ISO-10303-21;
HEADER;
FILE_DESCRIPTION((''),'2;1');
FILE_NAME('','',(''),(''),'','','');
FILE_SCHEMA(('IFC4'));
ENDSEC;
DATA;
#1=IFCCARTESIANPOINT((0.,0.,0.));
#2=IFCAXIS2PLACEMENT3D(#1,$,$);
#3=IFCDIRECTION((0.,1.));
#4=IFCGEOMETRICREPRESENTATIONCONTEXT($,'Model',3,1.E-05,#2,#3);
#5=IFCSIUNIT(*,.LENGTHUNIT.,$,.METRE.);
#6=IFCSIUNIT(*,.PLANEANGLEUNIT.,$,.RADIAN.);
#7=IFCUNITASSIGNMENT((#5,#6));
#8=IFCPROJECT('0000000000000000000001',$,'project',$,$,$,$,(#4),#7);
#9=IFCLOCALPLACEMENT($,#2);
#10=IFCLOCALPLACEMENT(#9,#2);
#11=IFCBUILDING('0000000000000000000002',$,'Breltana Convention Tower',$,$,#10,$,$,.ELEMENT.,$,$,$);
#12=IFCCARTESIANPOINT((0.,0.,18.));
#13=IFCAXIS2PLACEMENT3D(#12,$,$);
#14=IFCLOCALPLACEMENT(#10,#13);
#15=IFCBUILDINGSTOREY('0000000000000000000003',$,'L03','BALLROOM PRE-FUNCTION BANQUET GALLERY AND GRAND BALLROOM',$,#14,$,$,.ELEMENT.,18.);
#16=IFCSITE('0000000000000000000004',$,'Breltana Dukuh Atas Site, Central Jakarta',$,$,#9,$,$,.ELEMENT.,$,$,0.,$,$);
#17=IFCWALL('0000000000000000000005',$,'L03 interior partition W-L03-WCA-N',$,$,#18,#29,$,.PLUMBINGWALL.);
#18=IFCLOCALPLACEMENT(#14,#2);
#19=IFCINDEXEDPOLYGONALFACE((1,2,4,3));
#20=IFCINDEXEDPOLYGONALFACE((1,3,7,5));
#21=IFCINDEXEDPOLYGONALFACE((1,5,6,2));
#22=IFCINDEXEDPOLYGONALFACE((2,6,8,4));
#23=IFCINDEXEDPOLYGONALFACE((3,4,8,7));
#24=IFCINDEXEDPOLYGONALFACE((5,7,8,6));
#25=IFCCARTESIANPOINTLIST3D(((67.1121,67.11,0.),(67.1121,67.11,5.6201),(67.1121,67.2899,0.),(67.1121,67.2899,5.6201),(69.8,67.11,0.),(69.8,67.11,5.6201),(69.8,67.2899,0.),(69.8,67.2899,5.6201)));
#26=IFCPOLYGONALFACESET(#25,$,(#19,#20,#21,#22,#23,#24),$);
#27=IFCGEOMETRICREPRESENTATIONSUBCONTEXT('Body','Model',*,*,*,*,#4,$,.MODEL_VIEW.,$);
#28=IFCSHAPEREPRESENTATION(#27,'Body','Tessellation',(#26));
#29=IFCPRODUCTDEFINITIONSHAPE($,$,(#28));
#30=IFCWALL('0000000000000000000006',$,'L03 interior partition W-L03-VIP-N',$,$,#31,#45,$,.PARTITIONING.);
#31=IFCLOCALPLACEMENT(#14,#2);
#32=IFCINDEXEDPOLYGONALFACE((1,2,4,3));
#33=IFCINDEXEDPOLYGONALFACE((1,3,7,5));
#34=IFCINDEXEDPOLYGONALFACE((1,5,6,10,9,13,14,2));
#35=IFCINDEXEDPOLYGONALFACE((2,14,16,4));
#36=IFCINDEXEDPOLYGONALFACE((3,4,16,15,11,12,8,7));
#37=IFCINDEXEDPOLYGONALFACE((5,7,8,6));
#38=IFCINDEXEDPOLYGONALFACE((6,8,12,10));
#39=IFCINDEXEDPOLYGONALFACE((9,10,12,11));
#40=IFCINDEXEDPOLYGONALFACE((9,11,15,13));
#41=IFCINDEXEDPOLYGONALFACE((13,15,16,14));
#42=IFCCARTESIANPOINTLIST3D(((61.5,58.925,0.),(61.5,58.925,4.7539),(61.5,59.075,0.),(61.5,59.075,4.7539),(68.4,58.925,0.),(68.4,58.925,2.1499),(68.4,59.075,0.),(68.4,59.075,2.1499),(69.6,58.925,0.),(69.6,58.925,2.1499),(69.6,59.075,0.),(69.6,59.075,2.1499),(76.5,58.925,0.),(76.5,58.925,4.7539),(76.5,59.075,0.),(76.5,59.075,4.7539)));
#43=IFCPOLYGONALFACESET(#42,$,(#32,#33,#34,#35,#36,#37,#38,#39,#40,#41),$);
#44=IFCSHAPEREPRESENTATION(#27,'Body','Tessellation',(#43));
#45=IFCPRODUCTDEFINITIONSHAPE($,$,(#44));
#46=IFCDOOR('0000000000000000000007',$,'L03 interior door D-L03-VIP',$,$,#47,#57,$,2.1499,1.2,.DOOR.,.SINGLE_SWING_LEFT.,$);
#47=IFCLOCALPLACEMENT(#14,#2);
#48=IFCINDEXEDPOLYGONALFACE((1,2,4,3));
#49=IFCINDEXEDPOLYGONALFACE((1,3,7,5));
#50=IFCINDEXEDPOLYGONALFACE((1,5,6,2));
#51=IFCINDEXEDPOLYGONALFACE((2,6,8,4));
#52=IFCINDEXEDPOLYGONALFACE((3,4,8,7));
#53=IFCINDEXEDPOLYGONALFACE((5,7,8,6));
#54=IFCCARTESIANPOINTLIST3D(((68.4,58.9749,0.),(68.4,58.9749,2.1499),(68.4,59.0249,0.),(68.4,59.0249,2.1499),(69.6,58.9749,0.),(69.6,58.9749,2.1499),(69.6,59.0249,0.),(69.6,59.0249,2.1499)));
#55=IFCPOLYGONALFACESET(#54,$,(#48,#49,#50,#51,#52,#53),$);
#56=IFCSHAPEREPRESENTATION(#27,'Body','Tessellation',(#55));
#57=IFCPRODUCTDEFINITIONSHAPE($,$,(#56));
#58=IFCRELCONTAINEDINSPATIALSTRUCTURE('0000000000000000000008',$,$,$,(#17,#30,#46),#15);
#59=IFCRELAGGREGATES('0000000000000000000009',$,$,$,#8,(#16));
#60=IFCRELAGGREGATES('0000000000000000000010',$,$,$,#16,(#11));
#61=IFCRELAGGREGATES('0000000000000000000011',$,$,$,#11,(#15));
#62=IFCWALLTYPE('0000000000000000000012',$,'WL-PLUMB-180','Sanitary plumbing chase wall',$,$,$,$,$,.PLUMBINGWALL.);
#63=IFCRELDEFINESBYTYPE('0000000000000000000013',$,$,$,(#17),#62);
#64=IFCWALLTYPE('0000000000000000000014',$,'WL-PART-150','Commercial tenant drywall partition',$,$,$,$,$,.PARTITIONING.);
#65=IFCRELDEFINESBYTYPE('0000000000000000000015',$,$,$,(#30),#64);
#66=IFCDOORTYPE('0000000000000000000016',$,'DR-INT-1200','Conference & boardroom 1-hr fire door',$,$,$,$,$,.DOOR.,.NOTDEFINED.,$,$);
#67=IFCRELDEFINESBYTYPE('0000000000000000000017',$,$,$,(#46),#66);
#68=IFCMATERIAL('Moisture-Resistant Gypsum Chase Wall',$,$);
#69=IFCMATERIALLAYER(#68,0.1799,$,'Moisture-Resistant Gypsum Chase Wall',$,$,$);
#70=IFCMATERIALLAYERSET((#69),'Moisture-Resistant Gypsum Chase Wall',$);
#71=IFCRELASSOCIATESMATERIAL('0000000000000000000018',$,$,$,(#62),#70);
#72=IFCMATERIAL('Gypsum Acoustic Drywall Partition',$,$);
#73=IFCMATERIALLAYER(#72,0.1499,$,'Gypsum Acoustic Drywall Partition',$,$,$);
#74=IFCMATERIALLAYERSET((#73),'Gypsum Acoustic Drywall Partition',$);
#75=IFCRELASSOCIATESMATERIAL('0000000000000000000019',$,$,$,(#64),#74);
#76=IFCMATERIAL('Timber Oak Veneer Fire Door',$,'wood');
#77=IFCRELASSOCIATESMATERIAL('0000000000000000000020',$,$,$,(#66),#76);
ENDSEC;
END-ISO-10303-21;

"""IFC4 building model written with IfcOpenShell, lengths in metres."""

from ifc_helpers import new_model, si_unit, direction, frame, frame_2d, origin, place, context, subcontext, project, spatial, rectangle, extrude, source, transform, mapped, material, layer, layer_set, type_object, type_shapes, element, fill, save


model = new_model("IFC4")

# Units and contexts
model_context = context("Model", 3, precision=1e-05, world=origin(), true_north=direction((0.0, 1.0)))
body_context = subcontext(model_context, "Body", "Model", "MODEL_VIEW")
ifc_project = project(units=[si_unit("LENGTHUNIT", "METRE"), si_unit("PLANEANGLEUNIT", "RADIAN")], contexts=[model_context])

# Site, building, storey
site_placement = place(None, origin())
site = spatial("IfcSite", under=ifc_project, at=site_placement, Name="Breltana Dukuh Atas Site, Central Jakarta", CompositionType="ELEMENT", RefElevation=0.0)
building_placement = place(site_placement, origin())
building = spatial("IfcBuilding", under=site, at=building_placement, Name="Breltana Convention Tower", CompositionType="ELEMENT")
storey_placement = place(building_placement, frame((0.0, 0.0, 18.0)))
storey = spatial("IfcBuildingStorey", under=building, at=storey_placement, Name="L03", Description="BALLROOM PRE-FUNCTION BANQUET GALLERY AND GRAND BALLROOM", CompositionType="ELEMENT", Elevation=18.0)

# Shared definitions
ifc_material_1 = material(Name="Moisture-Resistant Gypsum Chase Wall")
ifc_layer_1 = layer(ifc_material_1, 0.1799, Name="Moisture-Resistant Gypsum Chase Wall")
ifc_layer_set_1 = layer_set([ifc_layer_1], Name="Moisture-Resistant Gypsum Chase Wall")
wall_type_1 = type_object("IfcWallType", Name="WL-PLUMB-180", Description="Sanitary plumbing chase wall", PredefinedType="PLUMBINGWALL", material=ifc_layer_set_1)

# Wall
shared_shape_1 = source(origin(), body_context, "Body", "SweptSolid", [
    extrude(rectangle(XDim=2.688, YDim=0.1799, at=frame_2d((1.344, 0.0))), origin(), (0.0, 0.0, 1.0), 5.6201),
])
wall_1_placement = place(storey_placement, frame((67.1121, 67.2, 0.0), z_axis=(0.0, 0.0, 1.0), x_axis=(1.0, 0.0, 0.0)))
element("IfcWall", 1, at=wall_1_placement, inside=storey, type_object=wall_type_1, Name="L03 interior partition W-L03-WCA-N", PredefinedType="PLUMBINGWALL", context=body_context, shape_type="MappedRepresentation", body=[
    mapped(shared_shape_1, transform((0.0, 0.0, 0.0), scale=1.0)),
])

# Wall, opening, door
ifc_material_2 = material(Name="Gypsum Acoustic Drywall Partition")
ifc_layer_2 = layer(ifc_material_2, 0.1499, Name="Gypsum Acoustic Drywall Partition")
ifc_layer_set_2 = layer_set([ifc_layer_2], Name="Gypsum Acoustic Drywall Partition")
wall_type_2 = type_object("IfcWallType", Name="WL-PART-150", Description="Commercial tenant drywall partition", PredefinedType="PARTITIONING", material=ifc_layer_set_2)
shared_shape_2 = source(origin(), body_context, "Body", "SweptSolid", [
    extrude(rectangle(XDim=15.0, YDim=0.1499, at=frame_2d((7.5, 0.0))), origin(), (0.0, 0.0, 1.0), 4.7539),
])
wall_2_placement = place(storey_placement, frame((61.5, 59.0, 0.0), z_axis=(0.0, 0.0, 1.0), x_axis=(1.0, 0.0, 0.0)))
wall_2 = element("IfcWall", 2, at=wall_2_placement, inside=storey, type_object=wall_type_2, Name="L03 interior partition W-L03-VIP-N", PredefinedType="PARTITIONING", context=body_context, shape_type="MappedRepresentation", body=[
    mapped(shared_shape_2, transform((0.0, 0.0, 0.0), scale=1.0)),
])
opening_1_placement = place(wall_2_placement, frame((6.8999, 0.0, 0.0)))
opening_1 = element("IfcOpeningElement", 3, at=opening_1_placement, cuts=wall_2, PredefinedType="OPENING", context=body_context, shape_type="SweptSolid", body=[
    extrude(rectangle(XDim=1.2, YDim=2.1499, at=frame_2d((0.6001, 1.075))), frame((0.0, 0.085, 0.0), z_axis=(0.0, -1.0, 0.0), x_axis=(1.0, 0.0, 0.0)), (0.0, 0.0, 1.0), 0.1699),
])
ifc_material_3 = material(Name="Timber Oak Veneer Fire Door", Category="wood")
door_type_1 = type_object("IfcDoorType", Name="DR-INT-1200", Description="Conference & boardroom 1-hr fire door", OperationType="NOTDEFINED", PredefinedType="DOOR", material=ifc_material_3)
shared_shape_3 = source(origin(), body_context, "Body", "SweptSolid", [
    extrude(rectangle(XDim=1.2, YDim=2.1499, at=frame_2d((0.6001, 1.075))), frame((0.0, 0.0249, 0.0), z_axis=(0.0, -1.0, 0.0), x_axis=(1.0, 0.0, 0.0)), (0.0, 0.0, 1.0), 0.05),
])
type_shapes(door_type_1, [shared_shape_3])
door_1_placement = place(opening_1_placement, origin())
door_1 = element("IfcDoor", 4, at=door_1_placement, inside=storey, type_object=door_type_1, Name="L03 interior door D-L03-VIP", OperationType="SINGLE_SWING_LEFT", OverallHeight=2.1499, OverallWidth=1.2, PredefinedType="DOOR", context=body_context, shape_type="MappedRepresentation", body=[
    mapped(shared_shape_3, transform((0.0, 0.0, 0.0), scale=1.0)),
])
fill(opening_1, door_1)

save(model, "model.ifc")
